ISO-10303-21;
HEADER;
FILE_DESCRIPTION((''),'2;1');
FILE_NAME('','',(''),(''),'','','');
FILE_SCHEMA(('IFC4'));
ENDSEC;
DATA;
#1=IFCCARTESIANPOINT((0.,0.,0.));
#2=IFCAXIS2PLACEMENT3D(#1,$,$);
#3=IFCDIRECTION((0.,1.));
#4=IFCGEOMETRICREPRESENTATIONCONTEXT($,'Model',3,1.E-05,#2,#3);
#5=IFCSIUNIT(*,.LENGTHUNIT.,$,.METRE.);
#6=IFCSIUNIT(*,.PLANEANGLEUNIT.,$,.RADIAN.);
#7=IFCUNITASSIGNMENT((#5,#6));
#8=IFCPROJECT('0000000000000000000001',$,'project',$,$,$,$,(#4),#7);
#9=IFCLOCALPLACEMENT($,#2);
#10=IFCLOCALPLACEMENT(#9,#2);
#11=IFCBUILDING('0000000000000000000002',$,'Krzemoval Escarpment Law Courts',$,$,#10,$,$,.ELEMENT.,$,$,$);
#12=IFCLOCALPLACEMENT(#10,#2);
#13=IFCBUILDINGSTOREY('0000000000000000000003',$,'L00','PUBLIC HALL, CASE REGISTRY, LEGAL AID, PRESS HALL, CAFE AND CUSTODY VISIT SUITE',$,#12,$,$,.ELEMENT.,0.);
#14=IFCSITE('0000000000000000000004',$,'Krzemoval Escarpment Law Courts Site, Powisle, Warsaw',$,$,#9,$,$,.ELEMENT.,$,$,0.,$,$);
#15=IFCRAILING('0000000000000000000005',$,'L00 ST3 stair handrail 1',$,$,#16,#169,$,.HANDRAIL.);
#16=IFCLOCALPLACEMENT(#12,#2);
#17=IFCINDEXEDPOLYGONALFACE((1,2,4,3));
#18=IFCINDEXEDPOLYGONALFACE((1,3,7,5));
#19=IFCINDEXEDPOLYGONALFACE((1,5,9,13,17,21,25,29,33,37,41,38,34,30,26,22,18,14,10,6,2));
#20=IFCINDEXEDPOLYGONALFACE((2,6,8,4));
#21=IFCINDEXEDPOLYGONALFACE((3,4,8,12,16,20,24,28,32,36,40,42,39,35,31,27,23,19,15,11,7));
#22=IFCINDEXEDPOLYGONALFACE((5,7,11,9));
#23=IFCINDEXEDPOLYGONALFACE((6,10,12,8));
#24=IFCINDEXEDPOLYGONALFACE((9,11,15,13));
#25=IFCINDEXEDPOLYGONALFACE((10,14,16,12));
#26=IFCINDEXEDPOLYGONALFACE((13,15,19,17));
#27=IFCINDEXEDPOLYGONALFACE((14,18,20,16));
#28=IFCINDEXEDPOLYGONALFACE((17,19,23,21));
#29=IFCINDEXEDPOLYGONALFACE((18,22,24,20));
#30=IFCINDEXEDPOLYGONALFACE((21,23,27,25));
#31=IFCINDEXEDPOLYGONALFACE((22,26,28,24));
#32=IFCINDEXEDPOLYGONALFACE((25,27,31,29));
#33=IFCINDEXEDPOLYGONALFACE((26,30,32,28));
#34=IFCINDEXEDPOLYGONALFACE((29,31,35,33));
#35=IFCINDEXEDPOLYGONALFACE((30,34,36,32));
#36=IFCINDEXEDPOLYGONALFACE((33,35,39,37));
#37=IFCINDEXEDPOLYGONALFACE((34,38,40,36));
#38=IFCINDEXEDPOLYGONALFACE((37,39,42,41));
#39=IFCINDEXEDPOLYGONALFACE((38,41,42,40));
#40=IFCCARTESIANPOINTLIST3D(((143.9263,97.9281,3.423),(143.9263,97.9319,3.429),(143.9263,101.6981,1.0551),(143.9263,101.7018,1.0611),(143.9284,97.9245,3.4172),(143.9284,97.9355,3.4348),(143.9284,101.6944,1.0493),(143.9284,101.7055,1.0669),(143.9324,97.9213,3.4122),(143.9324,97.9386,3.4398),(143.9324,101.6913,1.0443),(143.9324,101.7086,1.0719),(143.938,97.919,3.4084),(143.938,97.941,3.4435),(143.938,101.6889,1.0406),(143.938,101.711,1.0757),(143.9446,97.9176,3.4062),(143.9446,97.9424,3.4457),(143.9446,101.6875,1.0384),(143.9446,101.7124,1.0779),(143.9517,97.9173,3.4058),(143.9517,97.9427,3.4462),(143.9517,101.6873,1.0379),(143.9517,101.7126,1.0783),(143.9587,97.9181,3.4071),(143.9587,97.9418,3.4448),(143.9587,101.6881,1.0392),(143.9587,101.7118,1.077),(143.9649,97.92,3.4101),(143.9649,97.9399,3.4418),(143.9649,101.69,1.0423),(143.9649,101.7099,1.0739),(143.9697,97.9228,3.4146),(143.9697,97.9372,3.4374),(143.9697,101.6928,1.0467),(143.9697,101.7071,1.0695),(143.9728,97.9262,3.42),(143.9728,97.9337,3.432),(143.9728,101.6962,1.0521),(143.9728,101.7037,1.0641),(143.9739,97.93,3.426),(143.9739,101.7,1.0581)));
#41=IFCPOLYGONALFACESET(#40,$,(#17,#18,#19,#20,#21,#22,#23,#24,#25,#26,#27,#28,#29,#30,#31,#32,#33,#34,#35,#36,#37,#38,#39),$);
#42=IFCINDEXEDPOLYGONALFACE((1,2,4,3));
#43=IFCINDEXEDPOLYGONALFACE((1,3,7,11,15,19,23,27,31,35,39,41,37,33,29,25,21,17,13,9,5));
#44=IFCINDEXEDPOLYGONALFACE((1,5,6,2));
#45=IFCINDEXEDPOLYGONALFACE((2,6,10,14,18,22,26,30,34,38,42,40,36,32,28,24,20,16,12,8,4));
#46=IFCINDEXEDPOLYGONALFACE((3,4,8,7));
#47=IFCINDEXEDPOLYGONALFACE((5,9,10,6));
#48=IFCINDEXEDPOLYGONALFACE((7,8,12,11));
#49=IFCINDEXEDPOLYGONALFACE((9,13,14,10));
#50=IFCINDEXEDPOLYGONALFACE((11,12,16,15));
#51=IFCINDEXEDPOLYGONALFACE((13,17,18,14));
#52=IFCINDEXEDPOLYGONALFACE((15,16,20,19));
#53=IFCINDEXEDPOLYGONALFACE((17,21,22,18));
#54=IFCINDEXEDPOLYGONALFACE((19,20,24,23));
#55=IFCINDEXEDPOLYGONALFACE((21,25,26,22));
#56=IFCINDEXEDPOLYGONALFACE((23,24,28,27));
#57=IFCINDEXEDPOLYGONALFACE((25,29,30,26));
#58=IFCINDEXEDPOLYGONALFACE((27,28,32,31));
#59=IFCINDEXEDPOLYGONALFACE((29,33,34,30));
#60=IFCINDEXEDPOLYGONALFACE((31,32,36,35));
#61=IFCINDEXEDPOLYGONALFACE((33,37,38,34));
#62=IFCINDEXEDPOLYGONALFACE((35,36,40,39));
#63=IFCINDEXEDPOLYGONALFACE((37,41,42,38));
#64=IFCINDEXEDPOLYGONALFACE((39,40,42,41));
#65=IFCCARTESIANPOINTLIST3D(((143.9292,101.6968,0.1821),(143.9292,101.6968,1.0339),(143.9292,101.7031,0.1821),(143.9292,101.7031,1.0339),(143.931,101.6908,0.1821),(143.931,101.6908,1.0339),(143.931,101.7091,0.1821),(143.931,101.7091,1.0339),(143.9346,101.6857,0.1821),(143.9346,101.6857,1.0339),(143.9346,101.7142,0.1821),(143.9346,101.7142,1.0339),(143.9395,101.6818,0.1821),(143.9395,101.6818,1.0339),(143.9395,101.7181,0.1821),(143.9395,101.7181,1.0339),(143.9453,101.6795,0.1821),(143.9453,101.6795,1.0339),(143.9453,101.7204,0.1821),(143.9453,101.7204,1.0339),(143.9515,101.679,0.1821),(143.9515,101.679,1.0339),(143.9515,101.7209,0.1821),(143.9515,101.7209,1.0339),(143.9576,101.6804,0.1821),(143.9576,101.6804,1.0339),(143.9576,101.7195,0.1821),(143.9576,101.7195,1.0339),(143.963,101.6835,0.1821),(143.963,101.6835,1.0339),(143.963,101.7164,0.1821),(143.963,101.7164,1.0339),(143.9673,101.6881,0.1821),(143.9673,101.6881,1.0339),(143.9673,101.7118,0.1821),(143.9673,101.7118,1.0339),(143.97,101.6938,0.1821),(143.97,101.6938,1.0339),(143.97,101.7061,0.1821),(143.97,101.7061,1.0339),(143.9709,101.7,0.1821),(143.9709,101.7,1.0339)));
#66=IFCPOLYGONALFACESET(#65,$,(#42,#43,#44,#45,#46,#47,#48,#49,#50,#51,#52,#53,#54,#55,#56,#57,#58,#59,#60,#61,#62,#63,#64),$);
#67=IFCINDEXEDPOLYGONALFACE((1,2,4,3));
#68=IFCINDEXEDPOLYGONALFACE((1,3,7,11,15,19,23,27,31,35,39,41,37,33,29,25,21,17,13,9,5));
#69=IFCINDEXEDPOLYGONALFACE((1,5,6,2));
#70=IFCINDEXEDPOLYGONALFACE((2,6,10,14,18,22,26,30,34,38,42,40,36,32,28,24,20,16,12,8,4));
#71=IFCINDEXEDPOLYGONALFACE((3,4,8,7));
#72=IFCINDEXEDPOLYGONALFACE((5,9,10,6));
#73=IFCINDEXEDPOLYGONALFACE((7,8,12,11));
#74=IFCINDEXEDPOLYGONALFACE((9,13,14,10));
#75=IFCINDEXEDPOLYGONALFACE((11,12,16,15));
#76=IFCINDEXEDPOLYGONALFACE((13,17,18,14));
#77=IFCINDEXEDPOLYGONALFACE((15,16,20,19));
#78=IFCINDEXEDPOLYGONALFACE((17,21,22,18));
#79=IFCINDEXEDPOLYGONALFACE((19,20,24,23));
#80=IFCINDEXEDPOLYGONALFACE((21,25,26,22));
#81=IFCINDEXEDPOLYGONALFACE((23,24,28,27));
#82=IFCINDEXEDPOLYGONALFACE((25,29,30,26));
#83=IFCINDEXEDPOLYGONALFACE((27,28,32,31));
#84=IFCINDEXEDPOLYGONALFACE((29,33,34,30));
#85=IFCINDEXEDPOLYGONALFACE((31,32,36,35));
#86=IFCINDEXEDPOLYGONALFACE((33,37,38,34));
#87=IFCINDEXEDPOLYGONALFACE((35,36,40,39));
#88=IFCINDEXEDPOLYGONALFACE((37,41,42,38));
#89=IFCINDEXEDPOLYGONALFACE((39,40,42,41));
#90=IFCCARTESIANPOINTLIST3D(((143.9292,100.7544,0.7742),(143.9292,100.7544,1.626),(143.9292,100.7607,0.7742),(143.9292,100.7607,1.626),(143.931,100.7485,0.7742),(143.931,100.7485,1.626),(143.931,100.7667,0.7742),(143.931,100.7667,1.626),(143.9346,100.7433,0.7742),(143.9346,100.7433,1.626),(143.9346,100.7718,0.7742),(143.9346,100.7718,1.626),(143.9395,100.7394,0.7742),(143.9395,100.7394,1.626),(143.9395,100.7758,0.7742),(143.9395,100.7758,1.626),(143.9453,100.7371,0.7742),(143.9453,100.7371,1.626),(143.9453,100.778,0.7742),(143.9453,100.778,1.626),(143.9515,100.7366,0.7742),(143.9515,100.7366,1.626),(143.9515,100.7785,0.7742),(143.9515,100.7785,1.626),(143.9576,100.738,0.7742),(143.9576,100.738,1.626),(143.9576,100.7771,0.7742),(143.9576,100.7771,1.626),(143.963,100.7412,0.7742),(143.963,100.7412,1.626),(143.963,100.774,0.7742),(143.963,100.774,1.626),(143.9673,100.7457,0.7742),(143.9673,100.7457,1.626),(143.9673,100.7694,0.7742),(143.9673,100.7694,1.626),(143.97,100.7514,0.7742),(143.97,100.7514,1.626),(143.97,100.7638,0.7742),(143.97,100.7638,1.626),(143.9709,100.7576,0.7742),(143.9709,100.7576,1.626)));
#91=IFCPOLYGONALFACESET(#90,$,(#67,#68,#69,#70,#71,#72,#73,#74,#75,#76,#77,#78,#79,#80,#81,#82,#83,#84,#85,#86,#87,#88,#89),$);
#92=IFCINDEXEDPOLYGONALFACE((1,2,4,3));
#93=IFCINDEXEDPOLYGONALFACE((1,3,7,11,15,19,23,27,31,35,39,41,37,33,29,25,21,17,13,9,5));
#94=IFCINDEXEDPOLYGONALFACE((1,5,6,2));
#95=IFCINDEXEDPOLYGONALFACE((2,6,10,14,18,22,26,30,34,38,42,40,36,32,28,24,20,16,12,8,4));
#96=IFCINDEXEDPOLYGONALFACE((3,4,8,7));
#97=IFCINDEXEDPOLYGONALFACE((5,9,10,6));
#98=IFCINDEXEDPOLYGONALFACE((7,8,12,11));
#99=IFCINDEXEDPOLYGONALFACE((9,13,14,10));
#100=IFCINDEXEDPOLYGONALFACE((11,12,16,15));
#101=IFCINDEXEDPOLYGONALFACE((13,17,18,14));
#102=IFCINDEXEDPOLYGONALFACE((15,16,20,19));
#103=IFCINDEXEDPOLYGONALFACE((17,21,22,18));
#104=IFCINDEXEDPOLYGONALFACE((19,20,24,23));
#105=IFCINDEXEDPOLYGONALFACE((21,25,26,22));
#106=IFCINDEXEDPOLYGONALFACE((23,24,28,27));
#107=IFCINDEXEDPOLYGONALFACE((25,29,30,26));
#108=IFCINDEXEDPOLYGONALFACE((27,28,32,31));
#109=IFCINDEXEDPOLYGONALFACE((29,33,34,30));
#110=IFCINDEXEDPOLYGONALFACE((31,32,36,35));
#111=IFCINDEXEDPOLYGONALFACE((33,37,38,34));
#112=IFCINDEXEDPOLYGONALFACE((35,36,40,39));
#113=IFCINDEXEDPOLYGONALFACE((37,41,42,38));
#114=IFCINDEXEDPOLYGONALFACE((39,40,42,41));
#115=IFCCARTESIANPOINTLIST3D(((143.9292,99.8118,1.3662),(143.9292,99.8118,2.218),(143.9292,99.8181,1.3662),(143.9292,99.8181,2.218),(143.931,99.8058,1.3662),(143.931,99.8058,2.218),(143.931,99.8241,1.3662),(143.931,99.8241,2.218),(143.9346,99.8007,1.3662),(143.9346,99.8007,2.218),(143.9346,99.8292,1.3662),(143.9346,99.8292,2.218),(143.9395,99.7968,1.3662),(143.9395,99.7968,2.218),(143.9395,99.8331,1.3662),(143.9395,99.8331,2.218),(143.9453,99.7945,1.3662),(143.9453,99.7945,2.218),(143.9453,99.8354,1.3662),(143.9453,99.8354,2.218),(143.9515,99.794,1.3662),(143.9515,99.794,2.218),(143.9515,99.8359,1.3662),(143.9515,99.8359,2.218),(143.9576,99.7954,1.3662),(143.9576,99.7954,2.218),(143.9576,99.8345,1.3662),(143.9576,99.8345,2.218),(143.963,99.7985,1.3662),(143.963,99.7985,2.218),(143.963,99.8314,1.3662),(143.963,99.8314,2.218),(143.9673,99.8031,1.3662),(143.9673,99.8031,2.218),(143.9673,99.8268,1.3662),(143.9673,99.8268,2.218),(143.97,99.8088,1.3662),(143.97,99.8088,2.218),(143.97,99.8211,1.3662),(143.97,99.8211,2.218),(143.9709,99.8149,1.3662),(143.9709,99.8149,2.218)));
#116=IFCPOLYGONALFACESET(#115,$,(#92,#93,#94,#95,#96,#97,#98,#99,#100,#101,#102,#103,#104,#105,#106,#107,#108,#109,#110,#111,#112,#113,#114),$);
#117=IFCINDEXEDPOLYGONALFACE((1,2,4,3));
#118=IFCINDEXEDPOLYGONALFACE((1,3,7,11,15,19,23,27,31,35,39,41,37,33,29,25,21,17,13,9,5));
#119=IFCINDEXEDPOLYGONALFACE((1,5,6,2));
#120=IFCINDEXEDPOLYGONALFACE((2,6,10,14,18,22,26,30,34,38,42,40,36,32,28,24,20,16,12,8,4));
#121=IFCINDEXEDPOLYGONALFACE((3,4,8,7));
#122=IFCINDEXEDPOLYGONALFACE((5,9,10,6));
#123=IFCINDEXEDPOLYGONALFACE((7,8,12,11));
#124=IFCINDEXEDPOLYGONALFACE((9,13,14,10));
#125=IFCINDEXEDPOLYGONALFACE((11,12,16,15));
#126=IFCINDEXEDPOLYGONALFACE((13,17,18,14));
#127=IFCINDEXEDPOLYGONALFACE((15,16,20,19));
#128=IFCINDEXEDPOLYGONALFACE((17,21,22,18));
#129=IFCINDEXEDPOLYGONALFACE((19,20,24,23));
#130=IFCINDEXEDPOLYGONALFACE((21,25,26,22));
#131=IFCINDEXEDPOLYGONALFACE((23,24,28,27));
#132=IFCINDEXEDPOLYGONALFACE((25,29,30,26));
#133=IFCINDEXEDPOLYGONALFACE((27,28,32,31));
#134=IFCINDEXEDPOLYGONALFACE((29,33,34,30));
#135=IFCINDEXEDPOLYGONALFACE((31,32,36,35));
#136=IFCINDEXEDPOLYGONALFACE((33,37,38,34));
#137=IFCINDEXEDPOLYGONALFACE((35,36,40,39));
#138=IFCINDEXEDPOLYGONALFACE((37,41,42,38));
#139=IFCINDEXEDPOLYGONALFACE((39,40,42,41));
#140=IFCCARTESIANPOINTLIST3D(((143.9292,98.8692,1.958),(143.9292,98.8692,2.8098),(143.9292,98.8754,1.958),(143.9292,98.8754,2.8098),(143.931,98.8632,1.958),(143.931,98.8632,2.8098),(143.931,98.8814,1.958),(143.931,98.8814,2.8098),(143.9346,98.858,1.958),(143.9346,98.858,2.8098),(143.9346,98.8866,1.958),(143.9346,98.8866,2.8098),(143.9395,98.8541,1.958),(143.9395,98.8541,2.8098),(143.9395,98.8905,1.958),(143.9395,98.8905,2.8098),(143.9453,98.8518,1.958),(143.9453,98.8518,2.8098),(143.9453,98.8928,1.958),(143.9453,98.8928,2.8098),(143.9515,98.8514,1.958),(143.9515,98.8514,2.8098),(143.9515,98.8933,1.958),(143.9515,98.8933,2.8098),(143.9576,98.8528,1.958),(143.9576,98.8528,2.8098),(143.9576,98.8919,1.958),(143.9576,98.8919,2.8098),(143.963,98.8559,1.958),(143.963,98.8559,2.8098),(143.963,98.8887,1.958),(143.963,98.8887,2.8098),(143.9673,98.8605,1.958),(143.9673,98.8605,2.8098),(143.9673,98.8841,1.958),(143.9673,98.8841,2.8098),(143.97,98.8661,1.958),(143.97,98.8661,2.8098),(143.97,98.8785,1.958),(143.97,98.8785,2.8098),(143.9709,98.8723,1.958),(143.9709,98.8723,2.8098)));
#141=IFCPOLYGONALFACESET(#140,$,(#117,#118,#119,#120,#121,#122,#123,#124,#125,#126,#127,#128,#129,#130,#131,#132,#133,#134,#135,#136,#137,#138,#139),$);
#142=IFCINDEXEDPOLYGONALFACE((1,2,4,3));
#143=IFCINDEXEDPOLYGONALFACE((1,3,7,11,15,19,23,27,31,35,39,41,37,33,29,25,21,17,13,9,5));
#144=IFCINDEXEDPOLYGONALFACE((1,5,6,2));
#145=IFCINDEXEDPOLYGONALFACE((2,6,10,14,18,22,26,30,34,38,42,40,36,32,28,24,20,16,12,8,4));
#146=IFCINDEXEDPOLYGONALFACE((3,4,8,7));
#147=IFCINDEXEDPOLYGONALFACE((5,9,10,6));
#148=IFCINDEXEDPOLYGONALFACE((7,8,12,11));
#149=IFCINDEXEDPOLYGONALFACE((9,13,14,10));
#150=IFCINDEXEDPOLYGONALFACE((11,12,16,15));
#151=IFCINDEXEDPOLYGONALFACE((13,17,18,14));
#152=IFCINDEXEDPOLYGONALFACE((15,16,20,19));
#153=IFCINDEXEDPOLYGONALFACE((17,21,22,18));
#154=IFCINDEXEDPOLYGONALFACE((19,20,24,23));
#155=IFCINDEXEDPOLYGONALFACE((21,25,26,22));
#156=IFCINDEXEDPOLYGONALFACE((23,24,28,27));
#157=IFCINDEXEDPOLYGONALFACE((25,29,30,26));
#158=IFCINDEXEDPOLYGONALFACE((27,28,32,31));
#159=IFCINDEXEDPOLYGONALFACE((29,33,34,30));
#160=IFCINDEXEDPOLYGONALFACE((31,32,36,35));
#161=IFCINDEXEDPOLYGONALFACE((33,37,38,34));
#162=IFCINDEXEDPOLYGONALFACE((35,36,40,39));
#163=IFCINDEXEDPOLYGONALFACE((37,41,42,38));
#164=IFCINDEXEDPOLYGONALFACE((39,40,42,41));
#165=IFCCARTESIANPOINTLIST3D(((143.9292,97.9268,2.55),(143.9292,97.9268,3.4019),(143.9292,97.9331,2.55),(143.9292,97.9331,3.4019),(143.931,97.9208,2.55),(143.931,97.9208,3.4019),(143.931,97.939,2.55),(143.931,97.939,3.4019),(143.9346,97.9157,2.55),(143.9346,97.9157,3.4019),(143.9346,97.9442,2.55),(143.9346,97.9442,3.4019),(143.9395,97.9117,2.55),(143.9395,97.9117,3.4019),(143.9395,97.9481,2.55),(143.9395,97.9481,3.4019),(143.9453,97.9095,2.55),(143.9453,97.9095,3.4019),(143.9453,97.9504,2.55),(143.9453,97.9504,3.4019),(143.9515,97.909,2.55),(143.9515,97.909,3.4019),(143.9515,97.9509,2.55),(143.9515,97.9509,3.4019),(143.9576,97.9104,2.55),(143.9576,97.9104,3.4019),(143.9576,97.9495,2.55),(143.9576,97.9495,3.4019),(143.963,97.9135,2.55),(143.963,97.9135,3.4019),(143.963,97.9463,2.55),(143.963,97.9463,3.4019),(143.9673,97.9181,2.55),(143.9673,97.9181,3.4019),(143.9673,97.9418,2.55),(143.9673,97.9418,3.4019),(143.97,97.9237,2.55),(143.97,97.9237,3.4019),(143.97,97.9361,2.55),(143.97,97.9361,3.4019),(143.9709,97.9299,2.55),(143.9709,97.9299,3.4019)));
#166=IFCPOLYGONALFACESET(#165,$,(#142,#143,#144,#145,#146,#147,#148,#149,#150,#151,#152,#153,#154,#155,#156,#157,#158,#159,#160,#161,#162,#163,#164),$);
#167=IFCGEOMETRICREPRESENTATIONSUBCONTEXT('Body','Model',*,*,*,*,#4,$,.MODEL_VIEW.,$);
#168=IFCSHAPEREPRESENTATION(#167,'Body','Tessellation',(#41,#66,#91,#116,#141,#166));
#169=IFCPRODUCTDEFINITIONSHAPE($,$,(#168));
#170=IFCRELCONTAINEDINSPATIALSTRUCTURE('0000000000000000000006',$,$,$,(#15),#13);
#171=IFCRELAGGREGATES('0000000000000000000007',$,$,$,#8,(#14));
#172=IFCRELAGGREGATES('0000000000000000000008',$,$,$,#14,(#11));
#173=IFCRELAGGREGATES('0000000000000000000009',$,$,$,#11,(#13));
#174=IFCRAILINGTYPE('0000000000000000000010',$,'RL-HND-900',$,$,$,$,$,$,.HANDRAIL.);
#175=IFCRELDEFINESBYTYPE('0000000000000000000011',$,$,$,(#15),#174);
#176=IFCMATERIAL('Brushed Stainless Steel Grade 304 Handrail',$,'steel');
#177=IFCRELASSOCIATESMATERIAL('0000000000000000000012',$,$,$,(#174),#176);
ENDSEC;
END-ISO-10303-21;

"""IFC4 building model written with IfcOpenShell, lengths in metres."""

from ifc_helpers import new_model, si_unit, direction, frame, origin, origin_2d, place, context, subcontext, project, spatial, circle, extrude, material, type_object, element, save


model = new_model("IFC4")

# Units and contexts
model_context = context("Model", 3, precision=1e-05, world=origin(), true_north=direction((0.0, 1.0)))
body_context = subcontext(model_context, "Body", "Model", "MODEL_VIEW")
ifc_project = project(units=[si_unit("LENGTHUNIT", "METRE"), si_unit("PLANEANGLEUNIT", "RADIAN")], contexts=[model_context])

# Site, building, storey
site_placement = place(None, origin())
site = spatial("IfcSite", under=ifc_project, at=site_placement, Name="Krzemoval Escarpment Law Courts Site, Powisle, Warsaw", CompositionType="ELEMENT", RefElevation=0.0)
building_placement = place(site_placement, origin())
building = spatial("IfcBuilding", under=site, at=building_placement, Name="Krzemoval Escarpment Law Courts", CompositionType="ELEMENT")
storey_placement = place(building_placement, origin())
storey = spatial("IfcBuildingStorey", under=building, at=storey_placement, Name="L00", Description="PUBLIC HALL, CASE REGISTRY, LEGAL AID, PRESS HALL, CAFE AND CUSTODY VISIT SUITE", CompositionType="ELEMENT", Elevation=0.0)

# Railing
ifc_material_1 = material(Name="Brushed Stainless Steel Grade 304 Handrail", Category="steel")
railing_type_1 = type_object("IfcRailingType", Name="RL-HND-900", PredefinedType="HANDRAIL", material=ifc_material_1)
railing_1_placement = place(storey_placement, frame((143.95, 101.7, 0.1821)))
element("IfcRailing", 1, at=railing_1_placement, inside=storey, type_object=railing_type_1, Name="L00 ST3 stair handrail 1", PredefinedType="HANDRAIL", context=body_context, shape_type="SweptSolid", body=[
    extrude(circle(Radius=0.0239, at=origin_2d()), frame((0.0, 0.0, 0.876), z_axis=(0.0, -0.846819, 0.531881), x_axis=(1.0, 0.0, 0.0)), (0.0, 0.0, 1.0), 4.4519),
    extrude(circle(Radius=0.021, at=origin_2d()), origin(), (0.0, 0.0, 1.0), 0.8518),
    extrude(circle(Radius=0.021, at=origin_2d()), frame((0.0, -0.9424, 0.592)), (0.0, 0.0, 1.0), 0.8518),
    extrude(circle(Radius=0.021, at=origin_2d()), frame((0.0, -1.885, 1.1841)), (0.0, 0.0, 1.0), 0.8518),
    extrude(circle(Radius=0.021, at=origin_2d()), frame((0.0, -2.8276, 1.7759)), (0.0, 0.0, 1.0), 0.8518),
    extrude(circle(Radius=0.021, at=origin_2d()), frame((0.0, -3.77, 2.3679)), (0.0, 0.0, 1.0), 0.8518),
])

save(model, "model.ifc")
